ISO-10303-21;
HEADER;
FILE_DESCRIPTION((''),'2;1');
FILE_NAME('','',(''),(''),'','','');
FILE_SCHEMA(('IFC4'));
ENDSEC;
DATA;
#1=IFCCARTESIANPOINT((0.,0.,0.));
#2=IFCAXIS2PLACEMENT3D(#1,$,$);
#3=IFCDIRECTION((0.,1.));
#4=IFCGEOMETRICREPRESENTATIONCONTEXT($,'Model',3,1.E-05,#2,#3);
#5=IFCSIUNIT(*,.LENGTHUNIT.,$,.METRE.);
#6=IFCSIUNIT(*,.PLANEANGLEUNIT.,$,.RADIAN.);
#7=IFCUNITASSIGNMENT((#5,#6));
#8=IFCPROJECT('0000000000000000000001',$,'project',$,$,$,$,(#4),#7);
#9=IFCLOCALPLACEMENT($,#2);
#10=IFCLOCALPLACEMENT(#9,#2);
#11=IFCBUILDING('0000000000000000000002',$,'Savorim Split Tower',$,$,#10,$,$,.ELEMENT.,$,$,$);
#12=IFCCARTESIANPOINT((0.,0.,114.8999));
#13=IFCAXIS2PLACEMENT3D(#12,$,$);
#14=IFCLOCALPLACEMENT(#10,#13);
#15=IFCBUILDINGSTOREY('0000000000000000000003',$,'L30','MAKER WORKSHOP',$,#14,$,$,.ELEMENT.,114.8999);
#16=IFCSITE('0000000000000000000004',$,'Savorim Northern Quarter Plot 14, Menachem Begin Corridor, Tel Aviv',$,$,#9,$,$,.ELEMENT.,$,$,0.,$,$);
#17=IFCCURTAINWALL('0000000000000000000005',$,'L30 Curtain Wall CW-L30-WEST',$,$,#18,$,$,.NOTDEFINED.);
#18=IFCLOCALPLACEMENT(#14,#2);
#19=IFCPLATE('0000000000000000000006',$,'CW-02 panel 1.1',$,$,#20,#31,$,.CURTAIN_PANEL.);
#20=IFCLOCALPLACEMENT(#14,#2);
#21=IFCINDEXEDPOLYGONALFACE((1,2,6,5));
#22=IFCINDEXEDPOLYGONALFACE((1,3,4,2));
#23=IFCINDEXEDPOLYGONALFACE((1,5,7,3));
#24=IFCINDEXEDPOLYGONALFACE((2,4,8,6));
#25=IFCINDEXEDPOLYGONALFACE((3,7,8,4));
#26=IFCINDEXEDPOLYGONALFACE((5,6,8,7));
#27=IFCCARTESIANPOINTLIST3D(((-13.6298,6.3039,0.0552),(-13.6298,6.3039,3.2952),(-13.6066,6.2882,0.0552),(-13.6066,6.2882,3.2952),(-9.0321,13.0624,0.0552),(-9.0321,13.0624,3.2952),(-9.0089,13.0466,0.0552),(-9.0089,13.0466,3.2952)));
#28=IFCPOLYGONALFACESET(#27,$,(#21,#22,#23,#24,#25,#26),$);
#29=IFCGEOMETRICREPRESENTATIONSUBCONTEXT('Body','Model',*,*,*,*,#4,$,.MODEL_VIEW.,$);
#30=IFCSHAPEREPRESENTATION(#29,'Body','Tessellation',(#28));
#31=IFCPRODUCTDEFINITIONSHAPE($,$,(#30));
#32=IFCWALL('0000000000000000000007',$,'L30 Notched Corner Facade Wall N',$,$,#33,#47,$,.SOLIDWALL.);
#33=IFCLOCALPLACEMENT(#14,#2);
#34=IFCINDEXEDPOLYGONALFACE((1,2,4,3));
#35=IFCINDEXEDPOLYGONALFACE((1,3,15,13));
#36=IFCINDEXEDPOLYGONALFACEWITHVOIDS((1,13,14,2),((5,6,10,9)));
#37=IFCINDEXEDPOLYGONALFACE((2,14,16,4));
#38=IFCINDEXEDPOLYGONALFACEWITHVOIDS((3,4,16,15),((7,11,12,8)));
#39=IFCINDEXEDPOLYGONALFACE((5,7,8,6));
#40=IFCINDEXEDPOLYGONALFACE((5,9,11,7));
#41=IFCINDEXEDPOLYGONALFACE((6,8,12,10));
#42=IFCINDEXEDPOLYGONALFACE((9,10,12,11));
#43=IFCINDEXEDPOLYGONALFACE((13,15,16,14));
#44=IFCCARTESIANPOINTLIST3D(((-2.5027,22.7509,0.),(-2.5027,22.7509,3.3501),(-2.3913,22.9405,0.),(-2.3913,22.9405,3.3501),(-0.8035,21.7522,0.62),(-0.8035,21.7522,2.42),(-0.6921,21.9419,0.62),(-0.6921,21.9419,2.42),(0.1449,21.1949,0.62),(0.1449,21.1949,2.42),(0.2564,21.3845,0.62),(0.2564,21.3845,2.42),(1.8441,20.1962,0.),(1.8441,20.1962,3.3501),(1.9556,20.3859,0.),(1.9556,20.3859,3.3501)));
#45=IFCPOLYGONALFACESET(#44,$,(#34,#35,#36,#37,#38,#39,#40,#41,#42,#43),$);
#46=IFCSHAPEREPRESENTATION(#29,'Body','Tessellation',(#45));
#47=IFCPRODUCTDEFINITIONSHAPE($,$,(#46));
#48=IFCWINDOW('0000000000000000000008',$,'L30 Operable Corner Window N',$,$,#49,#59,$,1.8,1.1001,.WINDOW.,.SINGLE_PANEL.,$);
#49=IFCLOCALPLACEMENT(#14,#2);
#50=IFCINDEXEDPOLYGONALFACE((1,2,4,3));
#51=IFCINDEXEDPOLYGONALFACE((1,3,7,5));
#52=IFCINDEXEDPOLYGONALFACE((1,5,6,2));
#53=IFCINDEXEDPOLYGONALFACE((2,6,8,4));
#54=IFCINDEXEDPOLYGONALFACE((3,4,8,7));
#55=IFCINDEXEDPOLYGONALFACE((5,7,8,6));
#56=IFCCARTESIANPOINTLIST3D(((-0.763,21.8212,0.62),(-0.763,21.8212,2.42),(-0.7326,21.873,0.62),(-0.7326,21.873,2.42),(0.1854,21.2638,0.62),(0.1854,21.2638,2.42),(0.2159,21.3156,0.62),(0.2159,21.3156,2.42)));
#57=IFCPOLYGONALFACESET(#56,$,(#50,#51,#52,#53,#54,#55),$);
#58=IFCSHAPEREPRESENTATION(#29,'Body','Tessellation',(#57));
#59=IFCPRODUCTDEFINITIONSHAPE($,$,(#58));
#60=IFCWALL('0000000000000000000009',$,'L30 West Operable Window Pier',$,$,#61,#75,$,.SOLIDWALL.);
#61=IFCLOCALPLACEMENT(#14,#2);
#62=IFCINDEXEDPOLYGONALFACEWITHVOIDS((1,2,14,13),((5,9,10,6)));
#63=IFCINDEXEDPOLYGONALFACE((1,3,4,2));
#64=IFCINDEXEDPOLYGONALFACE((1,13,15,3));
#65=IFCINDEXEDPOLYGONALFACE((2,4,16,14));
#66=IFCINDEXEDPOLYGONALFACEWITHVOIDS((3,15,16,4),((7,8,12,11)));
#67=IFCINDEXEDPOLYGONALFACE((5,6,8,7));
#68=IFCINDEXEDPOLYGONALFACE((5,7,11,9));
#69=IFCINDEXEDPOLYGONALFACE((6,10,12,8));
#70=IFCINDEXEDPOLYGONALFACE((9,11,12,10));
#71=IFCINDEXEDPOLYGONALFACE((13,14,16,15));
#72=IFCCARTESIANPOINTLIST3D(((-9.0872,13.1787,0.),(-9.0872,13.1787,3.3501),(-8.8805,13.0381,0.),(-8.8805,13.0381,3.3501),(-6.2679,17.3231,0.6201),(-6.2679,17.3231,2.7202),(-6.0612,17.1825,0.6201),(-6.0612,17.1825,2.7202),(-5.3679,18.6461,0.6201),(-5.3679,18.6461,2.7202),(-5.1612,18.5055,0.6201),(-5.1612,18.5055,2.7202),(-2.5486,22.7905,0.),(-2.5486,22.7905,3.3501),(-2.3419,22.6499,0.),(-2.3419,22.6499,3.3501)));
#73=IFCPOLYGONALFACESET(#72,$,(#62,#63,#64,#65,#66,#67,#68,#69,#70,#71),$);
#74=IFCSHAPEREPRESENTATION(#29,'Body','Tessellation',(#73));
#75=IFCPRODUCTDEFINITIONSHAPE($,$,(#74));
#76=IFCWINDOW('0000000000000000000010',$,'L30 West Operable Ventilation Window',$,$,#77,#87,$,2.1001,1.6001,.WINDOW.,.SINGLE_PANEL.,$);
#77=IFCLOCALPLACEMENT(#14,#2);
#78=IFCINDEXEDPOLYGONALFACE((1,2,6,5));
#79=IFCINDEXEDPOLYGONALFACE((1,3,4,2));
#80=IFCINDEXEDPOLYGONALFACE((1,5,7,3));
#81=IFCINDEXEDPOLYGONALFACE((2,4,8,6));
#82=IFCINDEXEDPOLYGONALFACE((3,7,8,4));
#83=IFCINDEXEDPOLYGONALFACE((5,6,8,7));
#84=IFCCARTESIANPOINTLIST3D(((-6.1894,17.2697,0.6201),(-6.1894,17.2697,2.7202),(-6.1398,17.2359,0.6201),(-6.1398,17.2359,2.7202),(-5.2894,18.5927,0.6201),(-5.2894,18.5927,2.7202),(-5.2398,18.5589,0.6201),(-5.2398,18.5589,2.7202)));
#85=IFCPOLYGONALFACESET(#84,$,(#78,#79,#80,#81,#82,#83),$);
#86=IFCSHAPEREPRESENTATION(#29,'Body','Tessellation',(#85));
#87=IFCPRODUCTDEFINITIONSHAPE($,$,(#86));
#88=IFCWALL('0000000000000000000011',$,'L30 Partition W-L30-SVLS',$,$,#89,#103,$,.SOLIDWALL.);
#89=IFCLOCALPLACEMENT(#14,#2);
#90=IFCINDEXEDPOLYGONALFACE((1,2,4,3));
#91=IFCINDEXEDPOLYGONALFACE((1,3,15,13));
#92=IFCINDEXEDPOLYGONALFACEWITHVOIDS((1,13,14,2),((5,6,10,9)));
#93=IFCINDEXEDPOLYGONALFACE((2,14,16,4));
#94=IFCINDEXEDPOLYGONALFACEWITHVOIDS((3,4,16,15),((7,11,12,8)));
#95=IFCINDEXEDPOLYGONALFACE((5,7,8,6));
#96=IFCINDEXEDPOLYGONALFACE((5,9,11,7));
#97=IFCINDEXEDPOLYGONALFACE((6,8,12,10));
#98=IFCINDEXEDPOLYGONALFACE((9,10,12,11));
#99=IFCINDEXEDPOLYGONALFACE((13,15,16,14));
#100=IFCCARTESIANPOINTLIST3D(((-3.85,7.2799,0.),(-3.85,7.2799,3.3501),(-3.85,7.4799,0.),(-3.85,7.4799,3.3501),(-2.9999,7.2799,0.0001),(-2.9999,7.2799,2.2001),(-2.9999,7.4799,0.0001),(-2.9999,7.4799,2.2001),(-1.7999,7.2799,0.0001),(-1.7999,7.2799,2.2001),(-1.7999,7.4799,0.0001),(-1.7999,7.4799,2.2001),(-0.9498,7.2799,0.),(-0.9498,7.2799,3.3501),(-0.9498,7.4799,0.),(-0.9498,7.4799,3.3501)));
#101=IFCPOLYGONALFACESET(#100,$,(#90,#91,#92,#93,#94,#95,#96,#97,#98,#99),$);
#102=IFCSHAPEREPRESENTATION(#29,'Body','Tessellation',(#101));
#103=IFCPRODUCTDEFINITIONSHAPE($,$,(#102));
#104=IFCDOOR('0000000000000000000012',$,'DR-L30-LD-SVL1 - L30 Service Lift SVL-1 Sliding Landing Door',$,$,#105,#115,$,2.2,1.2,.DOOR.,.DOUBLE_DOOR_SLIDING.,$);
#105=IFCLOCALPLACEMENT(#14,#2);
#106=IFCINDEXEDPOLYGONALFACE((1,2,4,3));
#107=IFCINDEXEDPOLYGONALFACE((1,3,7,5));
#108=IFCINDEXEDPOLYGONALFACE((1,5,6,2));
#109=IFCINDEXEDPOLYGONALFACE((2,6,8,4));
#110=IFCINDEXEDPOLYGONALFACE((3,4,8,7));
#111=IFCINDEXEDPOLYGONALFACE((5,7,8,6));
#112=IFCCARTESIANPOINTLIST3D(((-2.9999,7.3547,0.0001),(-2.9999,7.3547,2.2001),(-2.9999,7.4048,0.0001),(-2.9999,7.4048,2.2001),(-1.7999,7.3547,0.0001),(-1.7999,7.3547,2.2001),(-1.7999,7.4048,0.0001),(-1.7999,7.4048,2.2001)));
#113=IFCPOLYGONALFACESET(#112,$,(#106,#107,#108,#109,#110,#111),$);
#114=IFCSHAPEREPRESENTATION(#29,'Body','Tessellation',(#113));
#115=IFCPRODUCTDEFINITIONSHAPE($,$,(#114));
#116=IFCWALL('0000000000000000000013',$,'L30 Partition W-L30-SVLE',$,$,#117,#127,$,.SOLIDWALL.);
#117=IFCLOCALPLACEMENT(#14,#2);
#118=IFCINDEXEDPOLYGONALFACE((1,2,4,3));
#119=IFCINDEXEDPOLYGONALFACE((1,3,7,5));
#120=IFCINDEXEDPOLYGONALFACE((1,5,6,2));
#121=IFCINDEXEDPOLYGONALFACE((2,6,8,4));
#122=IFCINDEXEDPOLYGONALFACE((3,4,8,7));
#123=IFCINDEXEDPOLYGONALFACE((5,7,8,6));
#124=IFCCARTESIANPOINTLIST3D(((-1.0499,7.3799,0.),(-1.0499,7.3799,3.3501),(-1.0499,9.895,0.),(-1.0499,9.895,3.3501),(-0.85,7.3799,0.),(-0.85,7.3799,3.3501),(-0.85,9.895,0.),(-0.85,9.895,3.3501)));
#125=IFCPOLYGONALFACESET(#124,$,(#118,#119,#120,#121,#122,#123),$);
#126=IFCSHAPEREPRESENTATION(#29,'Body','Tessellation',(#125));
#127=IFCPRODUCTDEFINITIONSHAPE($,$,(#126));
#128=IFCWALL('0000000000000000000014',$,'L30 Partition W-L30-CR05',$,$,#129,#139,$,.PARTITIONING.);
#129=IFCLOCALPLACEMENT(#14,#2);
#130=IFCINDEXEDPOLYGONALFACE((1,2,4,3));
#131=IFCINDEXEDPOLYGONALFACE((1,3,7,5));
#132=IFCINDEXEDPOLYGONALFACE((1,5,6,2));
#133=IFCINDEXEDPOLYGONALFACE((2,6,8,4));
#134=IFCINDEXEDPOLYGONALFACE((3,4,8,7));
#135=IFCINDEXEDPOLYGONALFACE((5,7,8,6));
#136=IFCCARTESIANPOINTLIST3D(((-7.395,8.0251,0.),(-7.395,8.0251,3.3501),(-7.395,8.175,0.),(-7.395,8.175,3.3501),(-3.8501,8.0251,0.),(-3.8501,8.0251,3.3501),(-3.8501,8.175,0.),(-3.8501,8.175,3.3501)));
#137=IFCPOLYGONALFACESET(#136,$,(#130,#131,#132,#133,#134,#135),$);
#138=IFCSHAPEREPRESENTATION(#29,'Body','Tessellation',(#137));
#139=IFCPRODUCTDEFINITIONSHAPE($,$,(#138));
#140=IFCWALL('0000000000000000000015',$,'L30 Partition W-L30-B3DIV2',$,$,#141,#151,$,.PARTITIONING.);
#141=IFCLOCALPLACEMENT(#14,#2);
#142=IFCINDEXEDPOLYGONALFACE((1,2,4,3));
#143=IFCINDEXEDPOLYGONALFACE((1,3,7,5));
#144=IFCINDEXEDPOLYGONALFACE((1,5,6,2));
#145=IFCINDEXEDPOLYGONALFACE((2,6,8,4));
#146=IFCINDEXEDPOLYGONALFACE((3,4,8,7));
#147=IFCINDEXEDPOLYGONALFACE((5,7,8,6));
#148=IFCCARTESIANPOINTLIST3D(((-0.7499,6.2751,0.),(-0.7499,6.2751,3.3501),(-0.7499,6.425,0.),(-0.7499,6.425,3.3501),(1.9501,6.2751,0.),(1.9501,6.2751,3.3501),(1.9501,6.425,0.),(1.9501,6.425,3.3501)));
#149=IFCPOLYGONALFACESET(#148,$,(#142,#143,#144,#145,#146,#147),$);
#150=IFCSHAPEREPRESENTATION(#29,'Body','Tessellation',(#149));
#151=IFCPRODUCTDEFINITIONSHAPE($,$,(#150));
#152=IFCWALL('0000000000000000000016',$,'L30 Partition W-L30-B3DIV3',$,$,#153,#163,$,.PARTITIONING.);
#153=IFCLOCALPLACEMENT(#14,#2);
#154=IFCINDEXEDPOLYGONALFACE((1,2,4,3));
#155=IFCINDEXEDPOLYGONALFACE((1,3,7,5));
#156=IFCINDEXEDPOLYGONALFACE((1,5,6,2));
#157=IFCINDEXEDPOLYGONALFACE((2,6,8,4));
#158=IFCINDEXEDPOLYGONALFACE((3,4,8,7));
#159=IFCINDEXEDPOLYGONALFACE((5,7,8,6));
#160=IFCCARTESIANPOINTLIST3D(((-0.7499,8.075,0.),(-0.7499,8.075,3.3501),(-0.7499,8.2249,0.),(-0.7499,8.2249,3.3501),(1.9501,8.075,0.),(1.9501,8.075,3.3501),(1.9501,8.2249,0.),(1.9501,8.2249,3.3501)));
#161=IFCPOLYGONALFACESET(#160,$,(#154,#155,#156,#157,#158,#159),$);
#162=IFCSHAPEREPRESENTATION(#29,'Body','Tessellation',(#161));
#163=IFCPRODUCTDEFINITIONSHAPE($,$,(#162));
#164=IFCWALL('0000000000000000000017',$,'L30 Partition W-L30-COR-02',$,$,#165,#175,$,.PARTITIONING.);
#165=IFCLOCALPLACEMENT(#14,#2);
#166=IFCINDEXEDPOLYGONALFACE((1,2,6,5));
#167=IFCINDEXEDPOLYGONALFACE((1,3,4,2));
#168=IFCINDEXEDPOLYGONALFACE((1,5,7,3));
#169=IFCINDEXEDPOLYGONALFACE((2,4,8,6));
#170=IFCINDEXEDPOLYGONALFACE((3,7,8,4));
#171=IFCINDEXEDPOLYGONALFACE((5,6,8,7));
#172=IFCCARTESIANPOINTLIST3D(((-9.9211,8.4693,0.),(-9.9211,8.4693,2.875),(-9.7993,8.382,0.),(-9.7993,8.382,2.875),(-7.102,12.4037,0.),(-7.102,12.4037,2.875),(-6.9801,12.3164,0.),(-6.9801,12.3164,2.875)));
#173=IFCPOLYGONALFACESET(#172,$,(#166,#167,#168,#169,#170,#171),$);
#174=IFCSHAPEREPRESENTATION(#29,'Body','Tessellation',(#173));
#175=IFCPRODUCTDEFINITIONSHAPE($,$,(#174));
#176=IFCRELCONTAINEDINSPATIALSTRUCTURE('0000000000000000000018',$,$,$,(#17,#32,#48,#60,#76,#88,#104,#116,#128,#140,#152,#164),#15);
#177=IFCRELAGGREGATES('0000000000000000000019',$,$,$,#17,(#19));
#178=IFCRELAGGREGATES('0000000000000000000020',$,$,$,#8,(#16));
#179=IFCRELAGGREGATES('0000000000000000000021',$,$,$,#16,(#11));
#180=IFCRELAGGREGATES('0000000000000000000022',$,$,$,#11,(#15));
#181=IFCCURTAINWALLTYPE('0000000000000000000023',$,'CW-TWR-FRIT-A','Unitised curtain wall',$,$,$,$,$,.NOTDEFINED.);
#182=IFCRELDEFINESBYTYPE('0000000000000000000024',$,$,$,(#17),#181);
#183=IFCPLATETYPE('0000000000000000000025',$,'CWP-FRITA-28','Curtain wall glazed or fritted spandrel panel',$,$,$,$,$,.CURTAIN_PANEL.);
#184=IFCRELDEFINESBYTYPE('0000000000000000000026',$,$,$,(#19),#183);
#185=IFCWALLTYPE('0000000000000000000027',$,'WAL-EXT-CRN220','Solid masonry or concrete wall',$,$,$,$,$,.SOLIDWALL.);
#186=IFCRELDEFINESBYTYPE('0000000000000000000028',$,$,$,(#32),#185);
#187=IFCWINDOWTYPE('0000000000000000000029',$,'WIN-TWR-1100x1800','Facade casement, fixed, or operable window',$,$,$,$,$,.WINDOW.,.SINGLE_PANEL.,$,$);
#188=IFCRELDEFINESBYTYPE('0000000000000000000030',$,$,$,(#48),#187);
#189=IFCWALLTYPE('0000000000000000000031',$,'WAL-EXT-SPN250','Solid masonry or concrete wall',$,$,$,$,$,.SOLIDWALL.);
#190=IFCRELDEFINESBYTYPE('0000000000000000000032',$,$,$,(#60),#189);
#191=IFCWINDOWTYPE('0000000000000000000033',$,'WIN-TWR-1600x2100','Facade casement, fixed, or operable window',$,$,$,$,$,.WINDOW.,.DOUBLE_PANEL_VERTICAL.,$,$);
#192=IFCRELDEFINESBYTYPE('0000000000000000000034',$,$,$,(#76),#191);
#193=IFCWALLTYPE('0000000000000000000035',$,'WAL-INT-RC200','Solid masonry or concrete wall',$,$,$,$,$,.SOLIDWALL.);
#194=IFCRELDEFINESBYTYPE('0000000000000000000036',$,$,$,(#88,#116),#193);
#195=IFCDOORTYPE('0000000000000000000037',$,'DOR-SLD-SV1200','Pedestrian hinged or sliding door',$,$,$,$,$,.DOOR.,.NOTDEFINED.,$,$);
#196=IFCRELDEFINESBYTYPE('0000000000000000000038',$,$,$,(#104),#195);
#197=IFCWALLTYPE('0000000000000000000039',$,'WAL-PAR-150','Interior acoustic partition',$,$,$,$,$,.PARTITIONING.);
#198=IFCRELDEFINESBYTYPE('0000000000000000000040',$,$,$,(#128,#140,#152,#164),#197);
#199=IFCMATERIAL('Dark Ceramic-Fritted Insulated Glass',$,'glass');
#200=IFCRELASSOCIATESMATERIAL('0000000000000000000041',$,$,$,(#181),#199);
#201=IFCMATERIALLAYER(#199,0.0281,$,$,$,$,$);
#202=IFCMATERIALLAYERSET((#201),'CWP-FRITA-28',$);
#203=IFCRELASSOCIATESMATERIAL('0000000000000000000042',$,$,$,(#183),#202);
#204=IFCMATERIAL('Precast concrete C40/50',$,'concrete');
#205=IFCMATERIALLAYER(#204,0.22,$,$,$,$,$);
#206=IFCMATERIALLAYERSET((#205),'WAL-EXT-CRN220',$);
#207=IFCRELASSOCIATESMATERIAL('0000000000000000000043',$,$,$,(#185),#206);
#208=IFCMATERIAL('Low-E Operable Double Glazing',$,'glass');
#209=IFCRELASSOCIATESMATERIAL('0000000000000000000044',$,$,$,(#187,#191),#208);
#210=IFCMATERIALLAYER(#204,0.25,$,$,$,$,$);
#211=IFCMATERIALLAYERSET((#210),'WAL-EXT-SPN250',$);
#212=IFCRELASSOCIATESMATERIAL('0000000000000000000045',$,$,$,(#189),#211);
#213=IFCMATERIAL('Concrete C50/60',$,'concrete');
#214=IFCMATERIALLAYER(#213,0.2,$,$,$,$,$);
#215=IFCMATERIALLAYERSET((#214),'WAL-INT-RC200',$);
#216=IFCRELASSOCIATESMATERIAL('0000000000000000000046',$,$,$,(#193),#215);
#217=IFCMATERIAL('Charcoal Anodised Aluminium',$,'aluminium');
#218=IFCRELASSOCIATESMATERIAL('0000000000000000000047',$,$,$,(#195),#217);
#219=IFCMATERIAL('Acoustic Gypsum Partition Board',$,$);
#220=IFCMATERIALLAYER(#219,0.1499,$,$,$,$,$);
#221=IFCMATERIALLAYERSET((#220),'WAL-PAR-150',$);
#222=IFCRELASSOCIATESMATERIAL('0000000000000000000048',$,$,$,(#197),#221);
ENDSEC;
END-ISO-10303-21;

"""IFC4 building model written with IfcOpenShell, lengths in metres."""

from ifc_helpers import new_model, si_unit, direction, frame, frame_2d, origin, origin_2d, place, context, subcontext, project, spatial, rectangle, extrude, material, layer, layer_set, type_object, element, fill, aggregate, save


model = new_model("IFC4")

# Units and contexts
model_context = context("Model", 3, precision=1e-05, world=origin(), true_north=direction((0.0, 1.0)))
body_context = subcontext(model_context, "Body", "Model", "MODEL_VIEW")
ifc_project = project(units=[si_unit("LENGTHUNIT", "METRE"), si_unit("PLANEANGLEUNIT", "RADIAN")], contexts=[model_context])

# Site, building, storey
site_placement = place(None, origin())
site = spatial("IfcSite", under=ifc_project, at=site_placement, Name="Savorim Northern Quarter Plot 14, Menachem Begin Corridor, Tel Aviv", CompositionType="ELEMENT", RefElevation=0.0)
building_placement = place(site_placement, origin())
building = spatial("IfcBuilding", under=site, at=building_placement, Name="Savorim Split Tower", CompositionType="ELEMENT")
storey_placement = place(building_placement, frame((0.0, 0.0, 114.8999)))
storey = spatial("IfcBuildingStorey", under=building, at=storey_placement, Name="L30", Description="MAKER WORKSHOP", CompositionType="ELEMENT", Elevation=114.8999)

# Curtain wall, plate
ifc_material_1 = material(Name="Dark Ceramic-Fritted Insulated Glass", Category="glass")
curtain_wall_type = type_object("IfcCurtainWallType", Name="CW-TWR-FRIT-A", Description="Unitised curtain wall", PredefinedType="NOTDEFINED", material=ifc_material_1)
curtain_wall_placement = place(storey_placement, origin())
curtain_wall = element("IfcCurtainWall", 1, at=curtain_wall_placement, inside=storey, type_object=curtain_wall_type, Name="L30 Curtain Wall CW-L30-WEST", PredefinedType="NOTDEFINED")
ifc_material_2 = material(Name="Charcoal Anodised Aluminium", Category="aluminium")
ifc_layer_1 = layer(ifc_material_1, 0.0281)
ifc_layer_set_1 = layer_set([ifc_layer_1], Name="CWP-FRITA-28")
plate_type = type_object("IfcPlateType", Name="CWP-FRITA-28", Description="Curtain wall glazed or fritted spandrel panel", PredefinedType="CURTAIN_PANEL", material=ifc_layer_set_1)
plate_placement = place(storey_placement, frame((-11.3193, 9.6753, 0.0552), z_axis=(0.0, 0.0, 1.0), x_axis=(-0.562467, -0.82682, 0.0)))
plate = element("IfcPlate", 2, at=plate_placement, type_object=plate_type, Name="CW-02 panel 1.1", PredefinedType="CURTAIN_PANEL", context=body_context, shape_type="SweptSolid", body=[
    extrude(rectangle(XDim=8.1741, YDim=0.0281, at=origin_2d()), origin(), (0.0, 0.0, 1.0), 3.24),
])
aggregate(curtain_wall, [plate])

# Walls, openings, windows
ifc_material_3 = material(Name="Precast concrete C40/50", Category="concrete")
ifc_layer_2 = layer(ifc_material_3, 0.22)
ifc_layer_set_2 = layer_set([ifc_layer_2], Name="WAL-EXT-CRN220")
wall_type_1 = type_object("IfcWallType", Name="WAL-EXT-CRN220", Description="Solid masonry or concrete wall", PredefinedType="SOLIDWALL", material=ifc_layer_set_2)
wall_1_placement = place(storey_placement, frame((-2.447, 22.8457, 0.0), z_axis=(0.0, 0.0, 1.0), x_axis=(0.862136, -0.506677, 0.0)))
wall_1 = element("IfcWall", 3, at=wall_1_placement, inside=storey, type_object=wall_type_1, Name="L30 Notched Corner Facade Wall N", PredefinedType="SOLIDWALL", context=body_context, shape_type="SweptSolid", body=[
    extrude(rectangle(XDim=5.042, YDim=0.22, at=frame_2d((2.521, 0.0))), origin(), (0.0, 0.0, 1.0), 3.3501),
])
opening_1_placement = place(wall_1_placement, frame((1.9709, 0.0, 0.6201)))
opening_1 = element("IfcOpeningElement", 4, at=opening_1_placement, cuts=wall_1, PredefinedType="OPENING", context=body_context, shape_type="SweptSolid", body=[
    extrude(rectangle(XDim=1.1001, YDim=1.8, at=frame_2d((0.55, 0.8999))), frame((0.0, 0.1199, 0.0), z_axis=(0.0, -1.0, 0.0), x_axis=(1.0, 0.0, 0.0)), (0.0, 0.0, 1.0), 0.24),
])
ifc_material_4 = material(Name="Low-E Operable Double Glazing", Category="glass")
window_type_1 = type_object("IfcWindowType", Name="WIN-TWR-1100x1800", Description="Facade casement, fixed, or operable window", PartitioningType="SINGLE_PANEL", PredefinedType="WINDOW", material=ifc_material_4)
window_1_placement = place(opening_1_placement, origin())
window_1 = element("IfcWindow", 5, at=window_1_placement, inside=storey, type_object=window_type_1, Name="L30 Operable Corner Window N", OverallHeight=1.8, OverallWidth=1.1001, PartitioningType="SINGLE_PANEL", PredefinedType="WINDOW", context=body_context, shape_type="SweptSolid", body=[
    extrude(rectangle(XDim=1.1001, YDim=1.8, at=frame_2d((0.55, 0.8999))), frame((0.0, 0.03, 0.0), z_axis=(0.0, -1.0, 0.0), x_axis=(1.0, 0.0, 0.0)), (0.0, 0.0, 1.0), 0.0601),
])
fill(opening_1, window_1)
ifc_layer_3 = layer(ifc_material_3, 0.25)
ifc_layer_set_3 = layer_set([ifc_layer_3], Name="WAL-EXT-SPN250")
wall_type_2 = type_object("IfcWallType", Name="WAL-EXT-SPN250", Description="Solid masonry or concrete wall", PredefinedType="SOLIDWALL", material=ifc_layer_set_3)
wall_2_placement = place(storey_placement, frame((-8.9839, 13.1084, 0.0), z_axis=(0.0, 0.0, 1.0), x_axis=(0.562459, 0.826825, 0.0)))
wall_2 = element("IfcWall", 6, at=wall_2_placement, inside=storey, type_object=wall_type_2, Name="L30 West Operable Window Pier", PredefinedType="SOLIDWALL", context=body_context, shape_type="SweptSolid", body=[
    extrude(rectangle(XDim=11.625, YDim=0.25, at=frame_2d((5.8125, 0.0))), origin(), (0.0, 0.0, 1.0), 3.3501),
])
opening_2_placement = place(wall_2_placement, frame((5.0125, 0.0, 0.6201)))
opening_2 = element("IfcOpeningElement", 7, at=opening_2_placement, cuts=wall_2, PredefinedType="OPENING", context=body_context, shape_type="SweptSolid", body=[
    extrude(rectangle(XDim=1.6001, YDim=2.1001, at=frame_2d((0.8, 1.05))), frame((0.0, 0.135, 0.0), z_axis=(0.0, -1.0, 0.0), x_axis=(1.0, 0.0, 0.0)), (0.0, 0.0, 1.0), 0.27),
])
window_type_2 = type_object("IfcWindowType", Name="WIN-TWR-1600x2100", Description="Facade casement, fixed, or operable window", PartitioningType="DOUBLE_PANEL_VERTICAL", PredefinedType="WINDOW", material=ifc_material_4)
window_2_placement = place(opening_2_placement, origin())
window_2 = element("IfcWindow", 8, at=window_2_placement, inside=storey, type_object=window_type_2, Name="L30 West Operable Ventilation Window", OverallHeight=2.1001, OverallWidth=1.6001, PartitioningType="SINGLE_PANEL", PredefinedType="WINDOW", context=body_context, shape_type="SweptSolid", body=[
    extrude(rectangle(XDim=1.6001, YDim=2.1001, at=frame_2d((0.8, 1.05))), frame((0.0, 0.03, 0.0), z_axis=(0.0, -1.0, 0.0), x_axis=(1.0, 0.0, 0.0)), (0.0, 0.0, 1.0), 0.0601),
])
fill(opening_2, window_2)

# Wall, opening, door
ifc_material_5 = material(Name="Concrete C50/60", Category="concrete")
ifc_layer_4 = layer(ifc_material_5, 0.2)
ifc_layer_set_4 = layer_set([ifc_layer_4], Name="WAL-INT-RC200")
wall_type_3 = type_object("IfcWallType", Name="WAL-INT-RC200", Description="Solid masonry or concrete wall", PredefinedType="SOLIDWALL", material=ifc_layer_set_4)
wall_3_placement = place(storey_placement, frame((-3.8501, 7.3799, 0.0), z_axis=(0.0, 0.0, 1.0), x_axis=(1.0, 0.0, 0.0)))
wall_3 = element("IfcWall", 9, at=wall_3_placement, inside=storey, type_object=wall_type_3, Name="L30 Partition W-L30-SVLS", PredefinedType="SOLIDWALL", context=body_context, shape_type="SweptSolid", body=[
    extrude(rectangle(XDim=2.9001, YDim=0.2, at=frame_2d((1.4502, 0.0))), origin(), (0.0, 0.0, 1.0), 3.3501),
])
opening_3_placement = place(wall_3_placement, frame((0.8501, 0.0, 0.0)))
opening_3 = element("IfcOpeningElement", 10, at=opening_3_placement, cuts=wall_3, PredefinedType="OPENING", context=body_context, shape_type="SweptSolid", body=[
    extrude(rectangle(XDim=1.2, YDim=2.2, at=frame_2d((0.6001, 1.1001))), frame((0.0, 0.1099, 0.0), z_axis=(0.0, -1.0, 0.0), x_axis=(1.0, 0.0, 0.0)), (0.0, 0.0, 1.0), 0.22),
])
door_type_1 = type_object("IfcDoorType", Name="DOR-SLD-SV1200", Description="Pedestrian hinged or sliding door", OperationType="NOTDEFINED", PredefinedType="DOOR", material=ifc_material_2)
door_1_placement = place(opening_3_placement, origin())
door_1 = element("IfcDoor", 11, at=door_1_placement, inside=storey, type_object=door_type_1, Name="DR-L30-LD-SVL1 - L30 Service Lift SVL-1 Sliding Landing Door", OperationType="DOUBLE_DOOR_SLIDING", OverallHeight=2.2, OverallWidth=1.2, PredefinedType="DOOR", context=body_context, shape_type="SweptSolid", body=[
    extrude(rectangle(XDim=1.2, YDim=2.2, at=frame_2d((0.6001, 1.1001))), frame((0.0, 0.0249, 0.0), z_axis=(0.0, -1.0, 0.0), x_axis=(1.0, 0.0, 0.0)), (0.0, 0.0, 1.0), 0.05),
])
fill(opening_3, door_1)

# Walls
wall_4_placement = place(storey_placement, frame((-0.95, 7.3799, 0.0), z_axis=(0.0, 0.0, 1.0), x_axis=(0.0, 1.0, 0.0)))
element("IfcWall", 12, at=wall_4_placement, inside=storey, type_object=wall_type_3, Name="L30 Partition W-L30-SVLE", PredefinedType="SOLIDWALL", context=body_context, shape_type="SweptSolid", body=[
    extrude(rectangle(XDim=2.5151, YDim=0.2, at=frame_2d((1.2576, 0.0))), origin(), (0.0, 0.0, 1.0), 3.3501),
])
ifc_material_6 = material(Name="Acoustic Gypsum Partition Board")
ifc_layer_5 = layer(ifc_material_6, 0.1499)
ifc_layer_set_5 = layer_set([ifc_layer_5], Name="WAL-PAR-150")
wall_type_4 = type_object("IfcWallType", Name="WAL-PAR-150", Description="Interior acoustic partition", PredefinedType="PARTITIONING", material=ifc_layer_set_5)
wall_5_placement = place(storey_placement, frame((-7.395, 8.1001, 0.0), z_axis=(0.0, 0.0, 1.0), x_axis=(1.0, 0.0, 0.0)))
element("IfcWall", 13, at=wall_5_placement, inside=storey, type_object=wall_type_4, Name="L30 Partition W-L30-CR05", PredefinedType="PARTITIONING", context=body_context, shape_type="SweptSolid", body=[
    extrude(rectangle(XDim=3.5449, YDim=0.1499, at=frame_2d((1.7725, 0.0))), origin(), (0.0, 0.0, 1.0), 3.3501),
])
for number, where, z_axis, x_axis, name in (
    (14, (-0.75, 6.3501, 0.0), (0.0, 0.0, 1.0), (1.0, 0.0, 0.0), "L30 Partition W-L30-B3DIV2"),
    (15, (-0.75, 8.1499, 0.0), (0.0, 0.0, 1.0), (1.0, 0.0, 0.0), "L30 Partition W-L30-B3DIV3"),
):
    element("IfcWall", number, at=place(storey_placement, frame(where, z_axis=z_axis, x_axis=x_axis)), inside=storey, type_object=wall_type_4, Name=name, PredefinedType="PARTITIONING", context=body_context, shape_type="SweptSolid", body=[
        extrude(rectangle(XDim=2.7, YDim=0.1499, at=frame_2d((1.3501, 0.0))), origin(), (0.0, 0.0, 1.0), 3.3501),
    ])
wall_6_placement = place(storey_placement, frame((-9.8601, 8.4258, 0.0), z_axis=(0.0, 0.0, 1.0), x_axis=(0.58245, 0.812867, 0.0)))
element("IfcWall", 16, at=wall_6_placement, inside=storey, type_object=wall_type_4, Name="L30 Partition W-L30-COR-02", PredefinedType="PARTITIONING", context=body_context, shape_type="SweptSolid", body=[
    extrude(rectangle(XDim=4.8401, YDim=0.1499, at=frame_2d((2.4199, 0.0))), origin(), (0.0, 0.0, 1.0), 2.875),
])

save(model, "model.ifc")
